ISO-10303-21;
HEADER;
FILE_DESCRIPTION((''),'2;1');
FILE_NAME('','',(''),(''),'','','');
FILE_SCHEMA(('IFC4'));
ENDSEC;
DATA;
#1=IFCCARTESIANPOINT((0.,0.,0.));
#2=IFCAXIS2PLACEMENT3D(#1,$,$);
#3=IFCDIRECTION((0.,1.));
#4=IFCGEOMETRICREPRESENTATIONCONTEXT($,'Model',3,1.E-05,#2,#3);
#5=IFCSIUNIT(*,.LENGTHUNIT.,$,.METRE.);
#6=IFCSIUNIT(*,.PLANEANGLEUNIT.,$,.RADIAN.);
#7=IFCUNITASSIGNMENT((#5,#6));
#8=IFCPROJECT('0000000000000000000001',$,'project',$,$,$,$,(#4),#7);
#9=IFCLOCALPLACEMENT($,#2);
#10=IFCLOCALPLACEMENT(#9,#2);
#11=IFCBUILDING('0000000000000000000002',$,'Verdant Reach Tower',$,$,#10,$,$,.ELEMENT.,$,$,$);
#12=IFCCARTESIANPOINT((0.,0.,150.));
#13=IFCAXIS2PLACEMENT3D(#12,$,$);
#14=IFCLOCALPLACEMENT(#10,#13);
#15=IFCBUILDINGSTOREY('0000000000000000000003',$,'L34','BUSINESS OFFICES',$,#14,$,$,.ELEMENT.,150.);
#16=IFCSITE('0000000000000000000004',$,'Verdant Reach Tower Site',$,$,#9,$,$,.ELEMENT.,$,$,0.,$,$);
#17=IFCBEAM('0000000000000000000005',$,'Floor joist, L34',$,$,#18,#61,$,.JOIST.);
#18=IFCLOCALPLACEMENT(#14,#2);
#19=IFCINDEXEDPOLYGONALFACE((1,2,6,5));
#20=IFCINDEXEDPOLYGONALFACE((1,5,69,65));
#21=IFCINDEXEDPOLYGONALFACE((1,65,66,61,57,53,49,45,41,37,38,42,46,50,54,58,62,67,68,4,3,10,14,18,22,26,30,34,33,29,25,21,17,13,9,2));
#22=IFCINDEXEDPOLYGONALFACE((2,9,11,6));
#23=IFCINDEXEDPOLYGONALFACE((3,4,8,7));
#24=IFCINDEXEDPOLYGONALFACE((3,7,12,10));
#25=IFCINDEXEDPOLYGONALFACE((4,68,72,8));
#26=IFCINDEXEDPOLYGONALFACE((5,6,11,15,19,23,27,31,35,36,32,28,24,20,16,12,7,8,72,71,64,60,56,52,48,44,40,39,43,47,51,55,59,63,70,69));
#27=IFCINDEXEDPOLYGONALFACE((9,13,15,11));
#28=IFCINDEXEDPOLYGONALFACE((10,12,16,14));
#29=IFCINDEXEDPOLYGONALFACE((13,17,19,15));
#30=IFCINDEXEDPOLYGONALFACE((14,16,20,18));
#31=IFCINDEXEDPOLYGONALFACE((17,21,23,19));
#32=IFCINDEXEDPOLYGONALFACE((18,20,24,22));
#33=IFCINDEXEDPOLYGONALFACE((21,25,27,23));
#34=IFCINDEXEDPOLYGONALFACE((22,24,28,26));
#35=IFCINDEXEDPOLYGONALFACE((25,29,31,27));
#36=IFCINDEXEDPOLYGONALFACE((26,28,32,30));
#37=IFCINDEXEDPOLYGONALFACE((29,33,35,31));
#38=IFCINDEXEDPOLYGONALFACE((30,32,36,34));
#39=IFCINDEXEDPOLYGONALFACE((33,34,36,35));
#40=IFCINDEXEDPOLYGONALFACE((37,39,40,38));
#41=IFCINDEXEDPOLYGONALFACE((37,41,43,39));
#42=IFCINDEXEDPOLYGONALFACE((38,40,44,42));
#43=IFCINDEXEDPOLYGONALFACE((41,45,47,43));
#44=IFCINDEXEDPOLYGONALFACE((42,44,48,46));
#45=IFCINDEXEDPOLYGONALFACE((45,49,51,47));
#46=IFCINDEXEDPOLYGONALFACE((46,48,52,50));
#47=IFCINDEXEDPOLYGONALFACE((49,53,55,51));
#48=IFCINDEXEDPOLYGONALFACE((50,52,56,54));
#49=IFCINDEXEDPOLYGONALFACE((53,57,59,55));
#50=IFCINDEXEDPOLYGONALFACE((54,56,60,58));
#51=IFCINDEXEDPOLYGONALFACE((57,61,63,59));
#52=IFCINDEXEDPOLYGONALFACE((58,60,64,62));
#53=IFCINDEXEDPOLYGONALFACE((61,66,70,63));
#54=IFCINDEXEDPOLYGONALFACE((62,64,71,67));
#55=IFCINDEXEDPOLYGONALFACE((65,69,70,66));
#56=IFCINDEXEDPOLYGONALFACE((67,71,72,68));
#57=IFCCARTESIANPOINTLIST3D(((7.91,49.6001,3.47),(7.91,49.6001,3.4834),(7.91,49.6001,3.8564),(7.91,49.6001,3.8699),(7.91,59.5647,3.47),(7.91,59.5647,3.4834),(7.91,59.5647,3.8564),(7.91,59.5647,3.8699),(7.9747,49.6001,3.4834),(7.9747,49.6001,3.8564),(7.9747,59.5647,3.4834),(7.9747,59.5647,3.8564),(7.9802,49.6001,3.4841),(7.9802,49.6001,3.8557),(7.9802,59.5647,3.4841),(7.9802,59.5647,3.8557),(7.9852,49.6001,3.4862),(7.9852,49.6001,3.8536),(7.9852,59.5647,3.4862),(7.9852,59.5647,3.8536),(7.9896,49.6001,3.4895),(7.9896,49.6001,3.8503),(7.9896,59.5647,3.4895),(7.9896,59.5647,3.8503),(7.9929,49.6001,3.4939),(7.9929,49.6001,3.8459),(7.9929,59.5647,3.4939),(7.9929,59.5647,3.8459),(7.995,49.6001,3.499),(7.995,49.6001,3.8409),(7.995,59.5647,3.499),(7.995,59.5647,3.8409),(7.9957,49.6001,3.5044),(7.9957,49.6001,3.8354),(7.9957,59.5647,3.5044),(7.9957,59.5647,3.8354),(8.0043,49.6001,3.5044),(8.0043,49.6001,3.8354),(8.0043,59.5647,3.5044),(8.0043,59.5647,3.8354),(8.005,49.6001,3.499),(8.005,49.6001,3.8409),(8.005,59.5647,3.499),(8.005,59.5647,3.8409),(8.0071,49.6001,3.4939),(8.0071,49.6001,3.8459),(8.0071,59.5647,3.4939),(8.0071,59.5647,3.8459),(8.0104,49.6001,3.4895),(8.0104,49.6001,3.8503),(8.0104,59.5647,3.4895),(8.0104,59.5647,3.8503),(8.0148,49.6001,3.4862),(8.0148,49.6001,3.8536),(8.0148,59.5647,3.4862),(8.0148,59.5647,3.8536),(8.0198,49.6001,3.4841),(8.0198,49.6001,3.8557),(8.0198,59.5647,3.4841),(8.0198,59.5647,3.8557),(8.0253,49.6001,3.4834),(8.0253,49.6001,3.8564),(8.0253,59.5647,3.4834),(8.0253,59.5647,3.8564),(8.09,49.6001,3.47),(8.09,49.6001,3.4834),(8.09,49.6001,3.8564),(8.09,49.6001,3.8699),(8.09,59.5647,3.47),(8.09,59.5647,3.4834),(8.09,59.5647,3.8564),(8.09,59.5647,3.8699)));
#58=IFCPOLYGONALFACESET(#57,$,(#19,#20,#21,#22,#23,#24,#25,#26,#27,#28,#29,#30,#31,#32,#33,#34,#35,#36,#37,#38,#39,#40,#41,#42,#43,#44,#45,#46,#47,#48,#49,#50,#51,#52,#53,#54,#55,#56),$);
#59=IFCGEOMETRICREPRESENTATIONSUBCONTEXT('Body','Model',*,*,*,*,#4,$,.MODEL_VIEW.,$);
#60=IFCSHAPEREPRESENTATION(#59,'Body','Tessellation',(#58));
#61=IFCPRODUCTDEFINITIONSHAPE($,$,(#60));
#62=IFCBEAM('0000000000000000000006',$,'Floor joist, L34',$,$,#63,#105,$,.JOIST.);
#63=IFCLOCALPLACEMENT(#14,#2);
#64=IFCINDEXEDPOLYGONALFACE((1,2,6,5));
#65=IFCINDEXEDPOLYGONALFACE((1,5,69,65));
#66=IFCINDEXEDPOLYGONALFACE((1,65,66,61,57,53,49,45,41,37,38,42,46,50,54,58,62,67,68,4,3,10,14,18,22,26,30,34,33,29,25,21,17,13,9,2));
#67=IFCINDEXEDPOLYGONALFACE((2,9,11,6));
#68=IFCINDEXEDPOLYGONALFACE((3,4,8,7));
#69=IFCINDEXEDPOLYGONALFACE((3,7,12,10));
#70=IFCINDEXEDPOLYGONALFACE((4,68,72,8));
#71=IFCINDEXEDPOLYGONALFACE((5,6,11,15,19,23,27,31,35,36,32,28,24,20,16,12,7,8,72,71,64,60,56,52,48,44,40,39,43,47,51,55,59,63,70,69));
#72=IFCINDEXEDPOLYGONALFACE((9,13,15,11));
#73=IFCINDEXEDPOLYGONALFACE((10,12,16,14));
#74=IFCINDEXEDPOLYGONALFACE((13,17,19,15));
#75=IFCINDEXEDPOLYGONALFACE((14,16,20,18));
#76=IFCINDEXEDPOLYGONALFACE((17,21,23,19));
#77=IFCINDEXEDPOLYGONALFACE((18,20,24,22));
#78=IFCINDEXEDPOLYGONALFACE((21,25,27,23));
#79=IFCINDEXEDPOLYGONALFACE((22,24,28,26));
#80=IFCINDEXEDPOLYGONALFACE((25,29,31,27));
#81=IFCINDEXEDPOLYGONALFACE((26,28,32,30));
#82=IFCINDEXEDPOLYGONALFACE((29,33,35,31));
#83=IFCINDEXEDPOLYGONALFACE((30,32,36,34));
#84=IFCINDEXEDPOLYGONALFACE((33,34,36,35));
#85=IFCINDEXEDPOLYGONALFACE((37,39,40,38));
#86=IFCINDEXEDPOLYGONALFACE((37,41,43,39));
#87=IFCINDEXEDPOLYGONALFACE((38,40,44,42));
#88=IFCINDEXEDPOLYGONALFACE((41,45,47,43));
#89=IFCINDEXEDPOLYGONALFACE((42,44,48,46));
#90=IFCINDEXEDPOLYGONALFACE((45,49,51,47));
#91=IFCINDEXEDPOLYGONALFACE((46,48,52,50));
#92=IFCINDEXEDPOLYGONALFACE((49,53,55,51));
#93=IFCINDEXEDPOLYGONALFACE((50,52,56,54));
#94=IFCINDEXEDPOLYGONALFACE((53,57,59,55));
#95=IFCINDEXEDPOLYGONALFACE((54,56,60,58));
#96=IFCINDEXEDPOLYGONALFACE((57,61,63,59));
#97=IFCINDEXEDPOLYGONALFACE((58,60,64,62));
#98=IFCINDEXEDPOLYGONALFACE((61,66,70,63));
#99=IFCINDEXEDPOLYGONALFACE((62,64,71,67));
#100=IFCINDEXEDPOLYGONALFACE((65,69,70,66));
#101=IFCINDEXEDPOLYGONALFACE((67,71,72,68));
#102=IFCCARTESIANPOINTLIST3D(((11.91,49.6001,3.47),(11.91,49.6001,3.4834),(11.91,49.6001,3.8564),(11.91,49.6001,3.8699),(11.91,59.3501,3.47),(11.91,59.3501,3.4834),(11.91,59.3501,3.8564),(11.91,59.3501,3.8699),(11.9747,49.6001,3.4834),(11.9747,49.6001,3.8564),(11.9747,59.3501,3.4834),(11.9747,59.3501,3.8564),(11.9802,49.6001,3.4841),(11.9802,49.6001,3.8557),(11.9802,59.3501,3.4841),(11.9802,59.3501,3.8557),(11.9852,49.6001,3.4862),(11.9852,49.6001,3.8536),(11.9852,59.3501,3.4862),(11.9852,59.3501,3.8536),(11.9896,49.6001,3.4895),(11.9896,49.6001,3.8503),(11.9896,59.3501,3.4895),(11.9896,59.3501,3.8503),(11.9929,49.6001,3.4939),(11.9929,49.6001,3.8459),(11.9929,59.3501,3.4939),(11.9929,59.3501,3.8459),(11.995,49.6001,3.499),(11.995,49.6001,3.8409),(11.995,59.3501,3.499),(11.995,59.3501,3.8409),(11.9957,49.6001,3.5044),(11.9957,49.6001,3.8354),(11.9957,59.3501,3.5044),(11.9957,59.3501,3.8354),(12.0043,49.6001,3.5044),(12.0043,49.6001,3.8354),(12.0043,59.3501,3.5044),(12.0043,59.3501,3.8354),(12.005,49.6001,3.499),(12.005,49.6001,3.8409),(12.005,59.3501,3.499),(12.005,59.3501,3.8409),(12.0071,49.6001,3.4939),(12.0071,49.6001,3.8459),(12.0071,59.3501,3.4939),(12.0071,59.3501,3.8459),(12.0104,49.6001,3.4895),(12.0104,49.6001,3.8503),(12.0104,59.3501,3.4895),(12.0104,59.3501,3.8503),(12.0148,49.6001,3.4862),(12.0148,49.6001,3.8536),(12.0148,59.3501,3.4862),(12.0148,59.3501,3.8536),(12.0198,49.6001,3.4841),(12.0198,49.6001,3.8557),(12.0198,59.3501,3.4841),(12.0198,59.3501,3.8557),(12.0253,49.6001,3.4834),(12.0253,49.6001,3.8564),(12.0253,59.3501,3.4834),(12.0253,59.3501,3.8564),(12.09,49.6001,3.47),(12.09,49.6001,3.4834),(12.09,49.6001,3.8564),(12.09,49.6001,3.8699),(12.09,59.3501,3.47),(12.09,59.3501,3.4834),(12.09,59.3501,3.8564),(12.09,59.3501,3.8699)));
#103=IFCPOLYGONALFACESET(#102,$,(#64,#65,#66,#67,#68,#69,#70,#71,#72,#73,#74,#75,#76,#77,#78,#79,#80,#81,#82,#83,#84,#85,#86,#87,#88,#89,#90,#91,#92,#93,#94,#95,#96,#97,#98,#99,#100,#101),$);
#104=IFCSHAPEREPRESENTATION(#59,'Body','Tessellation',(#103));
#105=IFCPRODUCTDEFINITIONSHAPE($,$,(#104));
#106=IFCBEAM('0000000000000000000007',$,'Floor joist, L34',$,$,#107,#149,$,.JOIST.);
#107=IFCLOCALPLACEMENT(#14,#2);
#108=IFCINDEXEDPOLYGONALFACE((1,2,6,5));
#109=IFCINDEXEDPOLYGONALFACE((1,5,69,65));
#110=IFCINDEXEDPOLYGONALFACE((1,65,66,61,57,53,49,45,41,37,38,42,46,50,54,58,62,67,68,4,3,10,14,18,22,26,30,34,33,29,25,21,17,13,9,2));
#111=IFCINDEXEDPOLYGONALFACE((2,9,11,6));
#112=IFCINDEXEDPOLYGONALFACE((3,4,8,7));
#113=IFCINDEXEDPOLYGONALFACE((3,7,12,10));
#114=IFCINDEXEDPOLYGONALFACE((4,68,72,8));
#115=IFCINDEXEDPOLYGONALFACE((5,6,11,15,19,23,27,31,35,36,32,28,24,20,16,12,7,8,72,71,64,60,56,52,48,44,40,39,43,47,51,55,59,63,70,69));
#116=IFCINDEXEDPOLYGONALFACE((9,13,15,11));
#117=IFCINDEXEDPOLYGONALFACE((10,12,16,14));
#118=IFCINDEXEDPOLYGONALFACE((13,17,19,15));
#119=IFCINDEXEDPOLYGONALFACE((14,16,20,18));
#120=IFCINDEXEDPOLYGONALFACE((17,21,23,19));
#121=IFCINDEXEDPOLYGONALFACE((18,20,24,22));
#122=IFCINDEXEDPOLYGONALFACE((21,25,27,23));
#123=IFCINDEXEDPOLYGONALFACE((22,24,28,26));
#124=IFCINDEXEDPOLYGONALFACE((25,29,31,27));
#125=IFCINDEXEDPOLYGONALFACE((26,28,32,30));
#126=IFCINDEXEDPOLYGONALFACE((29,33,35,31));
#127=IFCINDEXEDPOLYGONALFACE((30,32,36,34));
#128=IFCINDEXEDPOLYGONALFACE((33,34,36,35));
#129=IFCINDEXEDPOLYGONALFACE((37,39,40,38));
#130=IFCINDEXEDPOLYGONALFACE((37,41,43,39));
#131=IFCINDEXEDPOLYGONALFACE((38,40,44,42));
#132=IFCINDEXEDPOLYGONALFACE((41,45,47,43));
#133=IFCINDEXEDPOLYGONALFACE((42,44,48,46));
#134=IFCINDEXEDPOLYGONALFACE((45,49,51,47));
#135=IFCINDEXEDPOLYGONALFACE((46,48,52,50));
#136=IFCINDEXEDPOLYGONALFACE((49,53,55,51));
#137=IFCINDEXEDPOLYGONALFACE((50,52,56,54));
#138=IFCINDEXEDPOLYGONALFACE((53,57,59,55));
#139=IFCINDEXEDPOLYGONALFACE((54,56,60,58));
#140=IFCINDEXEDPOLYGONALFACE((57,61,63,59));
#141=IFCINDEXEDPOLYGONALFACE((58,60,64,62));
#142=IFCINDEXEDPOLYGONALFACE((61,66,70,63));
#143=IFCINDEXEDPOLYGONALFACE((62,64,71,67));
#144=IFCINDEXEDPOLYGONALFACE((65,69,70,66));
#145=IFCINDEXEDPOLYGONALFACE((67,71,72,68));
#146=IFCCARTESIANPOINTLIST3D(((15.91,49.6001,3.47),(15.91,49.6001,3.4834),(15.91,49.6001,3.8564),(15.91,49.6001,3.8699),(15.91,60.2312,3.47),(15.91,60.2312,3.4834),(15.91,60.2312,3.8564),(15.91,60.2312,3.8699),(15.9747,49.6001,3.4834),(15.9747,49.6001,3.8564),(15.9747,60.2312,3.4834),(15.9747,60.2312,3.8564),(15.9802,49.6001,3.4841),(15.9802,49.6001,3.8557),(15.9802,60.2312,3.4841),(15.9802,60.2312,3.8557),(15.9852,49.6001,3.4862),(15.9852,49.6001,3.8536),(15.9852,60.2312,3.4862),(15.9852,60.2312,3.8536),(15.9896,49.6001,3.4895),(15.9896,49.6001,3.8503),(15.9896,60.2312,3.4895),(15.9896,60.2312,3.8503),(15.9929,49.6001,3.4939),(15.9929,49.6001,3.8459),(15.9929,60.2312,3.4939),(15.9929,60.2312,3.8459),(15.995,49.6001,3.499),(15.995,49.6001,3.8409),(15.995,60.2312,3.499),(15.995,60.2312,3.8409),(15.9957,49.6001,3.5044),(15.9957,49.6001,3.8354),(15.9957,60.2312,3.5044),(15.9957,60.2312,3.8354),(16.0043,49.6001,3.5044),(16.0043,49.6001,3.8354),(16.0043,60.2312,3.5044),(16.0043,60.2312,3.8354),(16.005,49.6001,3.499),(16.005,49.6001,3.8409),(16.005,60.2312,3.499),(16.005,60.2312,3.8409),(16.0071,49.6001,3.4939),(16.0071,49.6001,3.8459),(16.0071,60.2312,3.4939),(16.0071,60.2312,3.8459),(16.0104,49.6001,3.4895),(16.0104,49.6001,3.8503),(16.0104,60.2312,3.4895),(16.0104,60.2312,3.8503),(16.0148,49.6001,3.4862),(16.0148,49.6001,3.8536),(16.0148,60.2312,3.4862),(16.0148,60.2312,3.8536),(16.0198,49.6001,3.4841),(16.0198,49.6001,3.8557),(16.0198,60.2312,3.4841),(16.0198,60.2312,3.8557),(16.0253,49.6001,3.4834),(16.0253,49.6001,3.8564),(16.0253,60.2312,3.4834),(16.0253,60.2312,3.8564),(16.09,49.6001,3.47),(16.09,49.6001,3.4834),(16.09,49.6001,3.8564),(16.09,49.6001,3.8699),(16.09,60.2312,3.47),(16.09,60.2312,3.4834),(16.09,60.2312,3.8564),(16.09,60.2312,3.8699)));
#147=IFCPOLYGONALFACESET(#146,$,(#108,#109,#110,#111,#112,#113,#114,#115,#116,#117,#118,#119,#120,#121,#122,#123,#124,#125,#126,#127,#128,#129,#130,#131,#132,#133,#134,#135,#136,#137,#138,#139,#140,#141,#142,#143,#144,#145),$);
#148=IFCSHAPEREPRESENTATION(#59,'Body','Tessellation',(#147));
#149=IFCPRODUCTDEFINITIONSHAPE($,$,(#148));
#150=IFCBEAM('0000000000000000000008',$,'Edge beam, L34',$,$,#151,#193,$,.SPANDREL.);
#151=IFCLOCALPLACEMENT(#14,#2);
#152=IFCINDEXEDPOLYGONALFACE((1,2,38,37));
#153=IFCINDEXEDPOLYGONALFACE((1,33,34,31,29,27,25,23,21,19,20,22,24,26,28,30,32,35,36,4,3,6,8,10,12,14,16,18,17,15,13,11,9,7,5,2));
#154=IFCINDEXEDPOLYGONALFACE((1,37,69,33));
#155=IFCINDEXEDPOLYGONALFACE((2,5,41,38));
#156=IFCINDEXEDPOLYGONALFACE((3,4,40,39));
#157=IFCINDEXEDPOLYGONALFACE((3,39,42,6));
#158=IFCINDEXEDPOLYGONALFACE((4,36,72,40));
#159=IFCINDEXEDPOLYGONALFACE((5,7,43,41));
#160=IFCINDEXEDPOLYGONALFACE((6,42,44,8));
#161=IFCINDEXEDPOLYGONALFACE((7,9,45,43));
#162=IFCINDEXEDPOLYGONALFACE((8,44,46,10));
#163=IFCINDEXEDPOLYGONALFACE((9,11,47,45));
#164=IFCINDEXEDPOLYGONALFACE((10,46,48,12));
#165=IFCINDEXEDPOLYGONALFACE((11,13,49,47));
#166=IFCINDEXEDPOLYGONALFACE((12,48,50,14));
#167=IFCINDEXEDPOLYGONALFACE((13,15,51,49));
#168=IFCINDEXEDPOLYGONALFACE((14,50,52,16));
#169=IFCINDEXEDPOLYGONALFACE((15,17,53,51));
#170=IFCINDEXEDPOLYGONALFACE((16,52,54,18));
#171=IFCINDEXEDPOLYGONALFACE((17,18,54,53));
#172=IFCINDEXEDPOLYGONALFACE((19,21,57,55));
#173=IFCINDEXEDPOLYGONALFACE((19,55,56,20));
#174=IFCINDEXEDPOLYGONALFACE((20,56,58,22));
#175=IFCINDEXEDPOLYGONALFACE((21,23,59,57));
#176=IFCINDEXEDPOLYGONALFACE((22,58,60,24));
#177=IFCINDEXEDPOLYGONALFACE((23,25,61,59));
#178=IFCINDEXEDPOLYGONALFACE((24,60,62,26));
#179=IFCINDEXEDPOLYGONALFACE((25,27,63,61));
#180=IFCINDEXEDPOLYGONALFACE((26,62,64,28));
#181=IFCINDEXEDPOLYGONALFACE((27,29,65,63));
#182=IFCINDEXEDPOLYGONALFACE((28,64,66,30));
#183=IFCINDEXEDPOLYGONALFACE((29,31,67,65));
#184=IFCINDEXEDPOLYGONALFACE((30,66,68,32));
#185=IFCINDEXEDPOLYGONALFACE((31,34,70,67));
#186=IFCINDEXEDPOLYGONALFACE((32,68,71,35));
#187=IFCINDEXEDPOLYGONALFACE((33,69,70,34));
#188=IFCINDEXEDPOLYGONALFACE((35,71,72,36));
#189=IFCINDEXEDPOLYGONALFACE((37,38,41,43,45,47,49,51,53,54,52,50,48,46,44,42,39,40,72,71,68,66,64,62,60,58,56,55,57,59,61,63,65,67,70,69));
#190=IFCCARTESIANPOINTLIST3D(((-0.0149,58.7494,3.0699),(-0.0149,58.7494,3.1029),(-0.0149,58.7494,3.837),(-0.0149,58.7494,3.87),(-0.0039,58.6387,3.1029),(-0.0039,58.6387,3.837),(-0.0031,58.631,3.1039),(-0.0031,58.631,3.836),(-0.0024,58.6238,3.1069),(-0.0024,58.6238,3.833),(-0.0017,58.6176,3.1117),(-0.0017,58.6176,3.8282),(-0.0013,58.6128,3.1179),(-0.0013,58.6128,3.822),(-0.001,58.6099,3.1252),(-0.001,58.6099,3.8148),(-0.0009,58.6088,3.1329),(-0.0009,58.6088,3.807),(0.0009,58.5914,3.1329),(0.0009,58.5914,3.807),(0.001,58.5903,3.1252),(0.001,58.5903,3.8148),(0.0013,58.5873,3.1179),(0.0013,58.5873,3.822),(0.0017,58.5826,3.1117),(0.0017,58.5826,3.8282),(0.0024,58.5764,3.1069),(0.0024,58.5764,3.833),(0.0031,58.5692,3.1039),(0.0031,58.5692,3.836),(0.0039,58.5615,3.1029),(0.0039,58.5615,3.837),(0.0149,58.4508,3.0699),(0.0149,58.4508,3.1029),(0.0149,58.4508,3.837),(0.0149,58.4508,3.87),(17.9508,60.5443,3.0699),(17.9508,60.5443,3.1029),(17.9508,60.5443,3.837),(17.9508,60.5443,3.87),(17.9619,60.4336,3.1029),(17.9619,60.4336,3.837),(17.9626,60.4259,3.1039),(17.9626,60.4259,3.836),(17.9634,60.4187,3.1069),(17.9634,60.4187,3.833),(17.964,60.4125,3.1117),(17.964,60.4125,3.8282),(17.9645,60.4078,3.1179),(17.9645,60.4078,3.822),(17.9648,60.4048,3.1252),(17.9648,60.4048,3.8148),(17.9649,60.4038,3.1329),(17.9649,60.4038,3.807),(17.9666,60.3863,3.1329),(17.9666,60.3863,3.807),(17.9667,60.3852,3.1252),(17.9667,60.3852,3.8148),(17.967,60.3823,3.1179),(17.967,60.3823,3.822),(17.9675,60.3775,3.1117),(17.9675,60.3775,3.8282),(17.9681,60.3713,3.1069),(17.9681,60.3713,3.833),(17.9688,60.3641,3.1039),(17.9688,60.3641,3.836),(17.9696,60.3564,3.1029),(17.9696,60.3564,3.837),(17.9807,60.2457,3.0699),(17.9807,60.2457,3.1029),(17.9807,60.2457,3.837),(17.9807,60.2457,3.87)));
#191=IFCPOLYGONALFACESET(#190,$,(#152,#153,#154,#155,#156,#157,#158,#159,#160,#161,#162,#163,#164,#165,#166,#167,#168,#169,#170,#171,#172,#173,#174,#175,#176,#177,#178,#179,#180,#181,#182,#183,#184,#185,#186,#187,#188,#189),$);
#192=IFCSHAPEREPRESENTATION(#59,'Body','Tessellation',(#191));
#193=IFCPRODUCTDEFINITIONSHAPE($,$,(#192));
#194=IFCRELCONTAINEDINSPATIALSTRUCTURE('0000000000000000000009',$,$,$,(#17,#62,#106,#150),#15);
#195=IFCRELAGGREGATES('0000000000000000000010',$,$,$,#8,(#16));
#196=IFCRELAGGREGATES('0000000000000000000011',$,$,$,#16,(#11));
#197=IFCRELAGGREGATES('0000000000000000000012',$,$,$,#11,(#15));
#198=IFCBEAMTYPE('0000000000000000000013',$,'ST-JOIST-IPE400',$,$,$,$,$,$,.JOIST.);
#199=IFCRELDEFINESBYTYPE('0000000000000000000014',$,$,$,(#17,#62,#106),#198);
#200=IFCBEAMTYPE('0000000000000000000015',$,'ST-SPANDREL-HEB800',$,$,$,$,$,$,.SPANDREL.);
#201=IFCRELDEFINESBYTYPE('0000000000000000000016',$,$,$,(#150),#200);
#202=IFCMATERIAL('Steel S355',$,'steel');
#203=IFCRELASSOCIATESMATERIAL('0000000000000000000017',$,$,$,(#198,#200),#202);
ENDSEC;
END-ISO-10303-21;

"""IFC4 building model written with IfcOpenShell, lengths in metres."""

from ifc_helpers import new_model, si_unit, direction, frame, origin, origin_2d, place, context, subcontext, project, spatial, i_section, extrude, material, material_profile, profile_set, type_object, element, save


model = new_model("IFC4")

# Units and contexts
model_context = context("Model", 3, precision=1e-05, world=origin(), true_north=direction((0.0, 1.0)))
body_context = subcontext(model_context, "Body", "Model", "MODEL_VIEW")
ifc_project = project(units=[si_unit("LENGTHUNIT", "METRE"), si_unit("PLANEANGLEUNIT", "RADIAN")], contexts=[model_context])

# Site, building, storey
site_placement = place(None, origin())
site = spatial("IfcSite", under=ifc_project, at=site_placement, Name="Verdant Reach Tower Site", CompositionType="ELEMENT", RefElevation=0.0)
building_placement = place(site_placement, origin())
building = spatial("IfcBuilding", under=site, at=building_placement, Name="Verdant Reach Tower", CompositionType="ELEMENT")
storey_placement = place(building_placement, frame((0.0, 0.0, 150.0)))
storey = spatial("IfcBuildingStorey", under=building, at=storey_placement, Name="L34", Description="BUSINESS OFFICES", CompositionType="ELEMENT", Elevation=150.0)

# Beams
ifc_material_1 = material(Name="Steel S355", Category="steel")
ifc_material_profile_1 = material_profile(ifc_material_1, i_section(OverallWidth=0.1799, OverallDepth=0.3999, WebThickness=0.0085, FlangeThickness=0.0134, FilletRadius=0.021, at=origin_2d()), Name="IPE 400")
ifc_profile_set_1 = profile_set([ifc_material_profile_1], Name="Steel S355")
beam_type_1 = type_object("IfcBeamType", Name="ST-JOIST-IPE400", PredefinedType="JOIST", material=ifc_profile_set_1)
beam_1_placement = place(storey_placement, frame((8.0, 49.6001, 3.6699), z_axis=(0.0, 1.0, 0.0), x_axis=(-1.0, 0.0, 0.0)))
element("IfcBeam", 1, at=beam_1_placement, inside=storey, type_object=beam_type_1, Name="Floor joist, L34", PredefinedType="JOIST", context=body_context, shape_type="SweptSolid", body=[
    extrude(i_section(OverallWidth=0.1799, OverallDepth=0.3999, WebThickness=0.0085, FlangeThickness=0.0134, FilletRadius=0.021, at=origin_2d()), origin(), (0.0, 0.0, 1.0), 9.9646),
])
beam_2_placement = place(storey_placement, frame((12.0, 49.6001, 3.6699), z_axis=(0.0, 1.0, 0.0), x_axis=(-1.0, 0.0, 0.0)))
element("IfcBeam", 2, at=beam_2_placement, inside=storey, type_object=beam_type_1, Name="Floor joist, L34", PredefinedType="JOIST", context=body_context, shape_type="SweptSolid", body=[
    extrude(i_section(OverallWidth=0.1799, OverallDepth=0.3999, WebThickness=0.0085, FlangeThickness=0.0134, FilletRadius=0.021, at=origin_2d()), origin(), (0.0, 0.0, 1.0), 9.75),
])
beam_3_placement = place(storey_placement, frame((16.0, 49.6001, 3.6699), z_axis=(0.0, 1.0, 0.0), x_axis=(-1.0, 0.0, 0.0)))
element("IfcBeam", 3, at=beam_3_placement, inside=storey, type_object=beam_type_1, Name="Floor joist, L34", PredefinedType="JOIST", context=body_context, shape_type="SweptSolid", body=[
    extrude(i_section(OverallWidth=0.1799, OverallDepth=0.3999, WebThickness=0.0085, FlangeThickness=0.0134, FilletRadius=0.021, at=origin_2d()), origin(), (0.0, 0.0, 1.0), 10.6311),
])
ifc_material_profile_2 = material_profile(ifc_material_1, i_section(OverallWidth=0.3, OverallDepth=0.8, WebThickness=0.0176, FlangeThickness=0.033, FilletRadius=0.03, at=origin_2d()), Name="HEB 800")
ifc_profile_set_2 = profile_set([ifc_material_profile_2], Name="Steel S355")
beam_type_2 = type_object("IfcBeamType", Name="ST-SPANDREL-HEB800", PredefinedType="SPANDREL", material=ifc_profile_set_2)
beam_4_placement = place(storey_placement, frame((0.0, 58.6001, 3.47), z_axis=(0.995046, 0.099413, 0.0), x_axis=(-0.099413, 0.995046, 0.0)))
element("IfcBeam", 4, at=beam_4_placement, inside=storey, type_object=beam_type_2, Name="Edge beam, L34", PredefinedType="SPANDREL", context=body_context, shape_type="SweptSolid", body=[
    extrude(i_section(OverallWidth=0.3, OverallDepth=0.8, WebThickness=0.0176, FlangeThickness=0.033, FilletRadius=0.03, at=origin_2d()), origin(), (0.0, 0.0, 1.0), 18.0552),
])

save(model, "model.ifc")
